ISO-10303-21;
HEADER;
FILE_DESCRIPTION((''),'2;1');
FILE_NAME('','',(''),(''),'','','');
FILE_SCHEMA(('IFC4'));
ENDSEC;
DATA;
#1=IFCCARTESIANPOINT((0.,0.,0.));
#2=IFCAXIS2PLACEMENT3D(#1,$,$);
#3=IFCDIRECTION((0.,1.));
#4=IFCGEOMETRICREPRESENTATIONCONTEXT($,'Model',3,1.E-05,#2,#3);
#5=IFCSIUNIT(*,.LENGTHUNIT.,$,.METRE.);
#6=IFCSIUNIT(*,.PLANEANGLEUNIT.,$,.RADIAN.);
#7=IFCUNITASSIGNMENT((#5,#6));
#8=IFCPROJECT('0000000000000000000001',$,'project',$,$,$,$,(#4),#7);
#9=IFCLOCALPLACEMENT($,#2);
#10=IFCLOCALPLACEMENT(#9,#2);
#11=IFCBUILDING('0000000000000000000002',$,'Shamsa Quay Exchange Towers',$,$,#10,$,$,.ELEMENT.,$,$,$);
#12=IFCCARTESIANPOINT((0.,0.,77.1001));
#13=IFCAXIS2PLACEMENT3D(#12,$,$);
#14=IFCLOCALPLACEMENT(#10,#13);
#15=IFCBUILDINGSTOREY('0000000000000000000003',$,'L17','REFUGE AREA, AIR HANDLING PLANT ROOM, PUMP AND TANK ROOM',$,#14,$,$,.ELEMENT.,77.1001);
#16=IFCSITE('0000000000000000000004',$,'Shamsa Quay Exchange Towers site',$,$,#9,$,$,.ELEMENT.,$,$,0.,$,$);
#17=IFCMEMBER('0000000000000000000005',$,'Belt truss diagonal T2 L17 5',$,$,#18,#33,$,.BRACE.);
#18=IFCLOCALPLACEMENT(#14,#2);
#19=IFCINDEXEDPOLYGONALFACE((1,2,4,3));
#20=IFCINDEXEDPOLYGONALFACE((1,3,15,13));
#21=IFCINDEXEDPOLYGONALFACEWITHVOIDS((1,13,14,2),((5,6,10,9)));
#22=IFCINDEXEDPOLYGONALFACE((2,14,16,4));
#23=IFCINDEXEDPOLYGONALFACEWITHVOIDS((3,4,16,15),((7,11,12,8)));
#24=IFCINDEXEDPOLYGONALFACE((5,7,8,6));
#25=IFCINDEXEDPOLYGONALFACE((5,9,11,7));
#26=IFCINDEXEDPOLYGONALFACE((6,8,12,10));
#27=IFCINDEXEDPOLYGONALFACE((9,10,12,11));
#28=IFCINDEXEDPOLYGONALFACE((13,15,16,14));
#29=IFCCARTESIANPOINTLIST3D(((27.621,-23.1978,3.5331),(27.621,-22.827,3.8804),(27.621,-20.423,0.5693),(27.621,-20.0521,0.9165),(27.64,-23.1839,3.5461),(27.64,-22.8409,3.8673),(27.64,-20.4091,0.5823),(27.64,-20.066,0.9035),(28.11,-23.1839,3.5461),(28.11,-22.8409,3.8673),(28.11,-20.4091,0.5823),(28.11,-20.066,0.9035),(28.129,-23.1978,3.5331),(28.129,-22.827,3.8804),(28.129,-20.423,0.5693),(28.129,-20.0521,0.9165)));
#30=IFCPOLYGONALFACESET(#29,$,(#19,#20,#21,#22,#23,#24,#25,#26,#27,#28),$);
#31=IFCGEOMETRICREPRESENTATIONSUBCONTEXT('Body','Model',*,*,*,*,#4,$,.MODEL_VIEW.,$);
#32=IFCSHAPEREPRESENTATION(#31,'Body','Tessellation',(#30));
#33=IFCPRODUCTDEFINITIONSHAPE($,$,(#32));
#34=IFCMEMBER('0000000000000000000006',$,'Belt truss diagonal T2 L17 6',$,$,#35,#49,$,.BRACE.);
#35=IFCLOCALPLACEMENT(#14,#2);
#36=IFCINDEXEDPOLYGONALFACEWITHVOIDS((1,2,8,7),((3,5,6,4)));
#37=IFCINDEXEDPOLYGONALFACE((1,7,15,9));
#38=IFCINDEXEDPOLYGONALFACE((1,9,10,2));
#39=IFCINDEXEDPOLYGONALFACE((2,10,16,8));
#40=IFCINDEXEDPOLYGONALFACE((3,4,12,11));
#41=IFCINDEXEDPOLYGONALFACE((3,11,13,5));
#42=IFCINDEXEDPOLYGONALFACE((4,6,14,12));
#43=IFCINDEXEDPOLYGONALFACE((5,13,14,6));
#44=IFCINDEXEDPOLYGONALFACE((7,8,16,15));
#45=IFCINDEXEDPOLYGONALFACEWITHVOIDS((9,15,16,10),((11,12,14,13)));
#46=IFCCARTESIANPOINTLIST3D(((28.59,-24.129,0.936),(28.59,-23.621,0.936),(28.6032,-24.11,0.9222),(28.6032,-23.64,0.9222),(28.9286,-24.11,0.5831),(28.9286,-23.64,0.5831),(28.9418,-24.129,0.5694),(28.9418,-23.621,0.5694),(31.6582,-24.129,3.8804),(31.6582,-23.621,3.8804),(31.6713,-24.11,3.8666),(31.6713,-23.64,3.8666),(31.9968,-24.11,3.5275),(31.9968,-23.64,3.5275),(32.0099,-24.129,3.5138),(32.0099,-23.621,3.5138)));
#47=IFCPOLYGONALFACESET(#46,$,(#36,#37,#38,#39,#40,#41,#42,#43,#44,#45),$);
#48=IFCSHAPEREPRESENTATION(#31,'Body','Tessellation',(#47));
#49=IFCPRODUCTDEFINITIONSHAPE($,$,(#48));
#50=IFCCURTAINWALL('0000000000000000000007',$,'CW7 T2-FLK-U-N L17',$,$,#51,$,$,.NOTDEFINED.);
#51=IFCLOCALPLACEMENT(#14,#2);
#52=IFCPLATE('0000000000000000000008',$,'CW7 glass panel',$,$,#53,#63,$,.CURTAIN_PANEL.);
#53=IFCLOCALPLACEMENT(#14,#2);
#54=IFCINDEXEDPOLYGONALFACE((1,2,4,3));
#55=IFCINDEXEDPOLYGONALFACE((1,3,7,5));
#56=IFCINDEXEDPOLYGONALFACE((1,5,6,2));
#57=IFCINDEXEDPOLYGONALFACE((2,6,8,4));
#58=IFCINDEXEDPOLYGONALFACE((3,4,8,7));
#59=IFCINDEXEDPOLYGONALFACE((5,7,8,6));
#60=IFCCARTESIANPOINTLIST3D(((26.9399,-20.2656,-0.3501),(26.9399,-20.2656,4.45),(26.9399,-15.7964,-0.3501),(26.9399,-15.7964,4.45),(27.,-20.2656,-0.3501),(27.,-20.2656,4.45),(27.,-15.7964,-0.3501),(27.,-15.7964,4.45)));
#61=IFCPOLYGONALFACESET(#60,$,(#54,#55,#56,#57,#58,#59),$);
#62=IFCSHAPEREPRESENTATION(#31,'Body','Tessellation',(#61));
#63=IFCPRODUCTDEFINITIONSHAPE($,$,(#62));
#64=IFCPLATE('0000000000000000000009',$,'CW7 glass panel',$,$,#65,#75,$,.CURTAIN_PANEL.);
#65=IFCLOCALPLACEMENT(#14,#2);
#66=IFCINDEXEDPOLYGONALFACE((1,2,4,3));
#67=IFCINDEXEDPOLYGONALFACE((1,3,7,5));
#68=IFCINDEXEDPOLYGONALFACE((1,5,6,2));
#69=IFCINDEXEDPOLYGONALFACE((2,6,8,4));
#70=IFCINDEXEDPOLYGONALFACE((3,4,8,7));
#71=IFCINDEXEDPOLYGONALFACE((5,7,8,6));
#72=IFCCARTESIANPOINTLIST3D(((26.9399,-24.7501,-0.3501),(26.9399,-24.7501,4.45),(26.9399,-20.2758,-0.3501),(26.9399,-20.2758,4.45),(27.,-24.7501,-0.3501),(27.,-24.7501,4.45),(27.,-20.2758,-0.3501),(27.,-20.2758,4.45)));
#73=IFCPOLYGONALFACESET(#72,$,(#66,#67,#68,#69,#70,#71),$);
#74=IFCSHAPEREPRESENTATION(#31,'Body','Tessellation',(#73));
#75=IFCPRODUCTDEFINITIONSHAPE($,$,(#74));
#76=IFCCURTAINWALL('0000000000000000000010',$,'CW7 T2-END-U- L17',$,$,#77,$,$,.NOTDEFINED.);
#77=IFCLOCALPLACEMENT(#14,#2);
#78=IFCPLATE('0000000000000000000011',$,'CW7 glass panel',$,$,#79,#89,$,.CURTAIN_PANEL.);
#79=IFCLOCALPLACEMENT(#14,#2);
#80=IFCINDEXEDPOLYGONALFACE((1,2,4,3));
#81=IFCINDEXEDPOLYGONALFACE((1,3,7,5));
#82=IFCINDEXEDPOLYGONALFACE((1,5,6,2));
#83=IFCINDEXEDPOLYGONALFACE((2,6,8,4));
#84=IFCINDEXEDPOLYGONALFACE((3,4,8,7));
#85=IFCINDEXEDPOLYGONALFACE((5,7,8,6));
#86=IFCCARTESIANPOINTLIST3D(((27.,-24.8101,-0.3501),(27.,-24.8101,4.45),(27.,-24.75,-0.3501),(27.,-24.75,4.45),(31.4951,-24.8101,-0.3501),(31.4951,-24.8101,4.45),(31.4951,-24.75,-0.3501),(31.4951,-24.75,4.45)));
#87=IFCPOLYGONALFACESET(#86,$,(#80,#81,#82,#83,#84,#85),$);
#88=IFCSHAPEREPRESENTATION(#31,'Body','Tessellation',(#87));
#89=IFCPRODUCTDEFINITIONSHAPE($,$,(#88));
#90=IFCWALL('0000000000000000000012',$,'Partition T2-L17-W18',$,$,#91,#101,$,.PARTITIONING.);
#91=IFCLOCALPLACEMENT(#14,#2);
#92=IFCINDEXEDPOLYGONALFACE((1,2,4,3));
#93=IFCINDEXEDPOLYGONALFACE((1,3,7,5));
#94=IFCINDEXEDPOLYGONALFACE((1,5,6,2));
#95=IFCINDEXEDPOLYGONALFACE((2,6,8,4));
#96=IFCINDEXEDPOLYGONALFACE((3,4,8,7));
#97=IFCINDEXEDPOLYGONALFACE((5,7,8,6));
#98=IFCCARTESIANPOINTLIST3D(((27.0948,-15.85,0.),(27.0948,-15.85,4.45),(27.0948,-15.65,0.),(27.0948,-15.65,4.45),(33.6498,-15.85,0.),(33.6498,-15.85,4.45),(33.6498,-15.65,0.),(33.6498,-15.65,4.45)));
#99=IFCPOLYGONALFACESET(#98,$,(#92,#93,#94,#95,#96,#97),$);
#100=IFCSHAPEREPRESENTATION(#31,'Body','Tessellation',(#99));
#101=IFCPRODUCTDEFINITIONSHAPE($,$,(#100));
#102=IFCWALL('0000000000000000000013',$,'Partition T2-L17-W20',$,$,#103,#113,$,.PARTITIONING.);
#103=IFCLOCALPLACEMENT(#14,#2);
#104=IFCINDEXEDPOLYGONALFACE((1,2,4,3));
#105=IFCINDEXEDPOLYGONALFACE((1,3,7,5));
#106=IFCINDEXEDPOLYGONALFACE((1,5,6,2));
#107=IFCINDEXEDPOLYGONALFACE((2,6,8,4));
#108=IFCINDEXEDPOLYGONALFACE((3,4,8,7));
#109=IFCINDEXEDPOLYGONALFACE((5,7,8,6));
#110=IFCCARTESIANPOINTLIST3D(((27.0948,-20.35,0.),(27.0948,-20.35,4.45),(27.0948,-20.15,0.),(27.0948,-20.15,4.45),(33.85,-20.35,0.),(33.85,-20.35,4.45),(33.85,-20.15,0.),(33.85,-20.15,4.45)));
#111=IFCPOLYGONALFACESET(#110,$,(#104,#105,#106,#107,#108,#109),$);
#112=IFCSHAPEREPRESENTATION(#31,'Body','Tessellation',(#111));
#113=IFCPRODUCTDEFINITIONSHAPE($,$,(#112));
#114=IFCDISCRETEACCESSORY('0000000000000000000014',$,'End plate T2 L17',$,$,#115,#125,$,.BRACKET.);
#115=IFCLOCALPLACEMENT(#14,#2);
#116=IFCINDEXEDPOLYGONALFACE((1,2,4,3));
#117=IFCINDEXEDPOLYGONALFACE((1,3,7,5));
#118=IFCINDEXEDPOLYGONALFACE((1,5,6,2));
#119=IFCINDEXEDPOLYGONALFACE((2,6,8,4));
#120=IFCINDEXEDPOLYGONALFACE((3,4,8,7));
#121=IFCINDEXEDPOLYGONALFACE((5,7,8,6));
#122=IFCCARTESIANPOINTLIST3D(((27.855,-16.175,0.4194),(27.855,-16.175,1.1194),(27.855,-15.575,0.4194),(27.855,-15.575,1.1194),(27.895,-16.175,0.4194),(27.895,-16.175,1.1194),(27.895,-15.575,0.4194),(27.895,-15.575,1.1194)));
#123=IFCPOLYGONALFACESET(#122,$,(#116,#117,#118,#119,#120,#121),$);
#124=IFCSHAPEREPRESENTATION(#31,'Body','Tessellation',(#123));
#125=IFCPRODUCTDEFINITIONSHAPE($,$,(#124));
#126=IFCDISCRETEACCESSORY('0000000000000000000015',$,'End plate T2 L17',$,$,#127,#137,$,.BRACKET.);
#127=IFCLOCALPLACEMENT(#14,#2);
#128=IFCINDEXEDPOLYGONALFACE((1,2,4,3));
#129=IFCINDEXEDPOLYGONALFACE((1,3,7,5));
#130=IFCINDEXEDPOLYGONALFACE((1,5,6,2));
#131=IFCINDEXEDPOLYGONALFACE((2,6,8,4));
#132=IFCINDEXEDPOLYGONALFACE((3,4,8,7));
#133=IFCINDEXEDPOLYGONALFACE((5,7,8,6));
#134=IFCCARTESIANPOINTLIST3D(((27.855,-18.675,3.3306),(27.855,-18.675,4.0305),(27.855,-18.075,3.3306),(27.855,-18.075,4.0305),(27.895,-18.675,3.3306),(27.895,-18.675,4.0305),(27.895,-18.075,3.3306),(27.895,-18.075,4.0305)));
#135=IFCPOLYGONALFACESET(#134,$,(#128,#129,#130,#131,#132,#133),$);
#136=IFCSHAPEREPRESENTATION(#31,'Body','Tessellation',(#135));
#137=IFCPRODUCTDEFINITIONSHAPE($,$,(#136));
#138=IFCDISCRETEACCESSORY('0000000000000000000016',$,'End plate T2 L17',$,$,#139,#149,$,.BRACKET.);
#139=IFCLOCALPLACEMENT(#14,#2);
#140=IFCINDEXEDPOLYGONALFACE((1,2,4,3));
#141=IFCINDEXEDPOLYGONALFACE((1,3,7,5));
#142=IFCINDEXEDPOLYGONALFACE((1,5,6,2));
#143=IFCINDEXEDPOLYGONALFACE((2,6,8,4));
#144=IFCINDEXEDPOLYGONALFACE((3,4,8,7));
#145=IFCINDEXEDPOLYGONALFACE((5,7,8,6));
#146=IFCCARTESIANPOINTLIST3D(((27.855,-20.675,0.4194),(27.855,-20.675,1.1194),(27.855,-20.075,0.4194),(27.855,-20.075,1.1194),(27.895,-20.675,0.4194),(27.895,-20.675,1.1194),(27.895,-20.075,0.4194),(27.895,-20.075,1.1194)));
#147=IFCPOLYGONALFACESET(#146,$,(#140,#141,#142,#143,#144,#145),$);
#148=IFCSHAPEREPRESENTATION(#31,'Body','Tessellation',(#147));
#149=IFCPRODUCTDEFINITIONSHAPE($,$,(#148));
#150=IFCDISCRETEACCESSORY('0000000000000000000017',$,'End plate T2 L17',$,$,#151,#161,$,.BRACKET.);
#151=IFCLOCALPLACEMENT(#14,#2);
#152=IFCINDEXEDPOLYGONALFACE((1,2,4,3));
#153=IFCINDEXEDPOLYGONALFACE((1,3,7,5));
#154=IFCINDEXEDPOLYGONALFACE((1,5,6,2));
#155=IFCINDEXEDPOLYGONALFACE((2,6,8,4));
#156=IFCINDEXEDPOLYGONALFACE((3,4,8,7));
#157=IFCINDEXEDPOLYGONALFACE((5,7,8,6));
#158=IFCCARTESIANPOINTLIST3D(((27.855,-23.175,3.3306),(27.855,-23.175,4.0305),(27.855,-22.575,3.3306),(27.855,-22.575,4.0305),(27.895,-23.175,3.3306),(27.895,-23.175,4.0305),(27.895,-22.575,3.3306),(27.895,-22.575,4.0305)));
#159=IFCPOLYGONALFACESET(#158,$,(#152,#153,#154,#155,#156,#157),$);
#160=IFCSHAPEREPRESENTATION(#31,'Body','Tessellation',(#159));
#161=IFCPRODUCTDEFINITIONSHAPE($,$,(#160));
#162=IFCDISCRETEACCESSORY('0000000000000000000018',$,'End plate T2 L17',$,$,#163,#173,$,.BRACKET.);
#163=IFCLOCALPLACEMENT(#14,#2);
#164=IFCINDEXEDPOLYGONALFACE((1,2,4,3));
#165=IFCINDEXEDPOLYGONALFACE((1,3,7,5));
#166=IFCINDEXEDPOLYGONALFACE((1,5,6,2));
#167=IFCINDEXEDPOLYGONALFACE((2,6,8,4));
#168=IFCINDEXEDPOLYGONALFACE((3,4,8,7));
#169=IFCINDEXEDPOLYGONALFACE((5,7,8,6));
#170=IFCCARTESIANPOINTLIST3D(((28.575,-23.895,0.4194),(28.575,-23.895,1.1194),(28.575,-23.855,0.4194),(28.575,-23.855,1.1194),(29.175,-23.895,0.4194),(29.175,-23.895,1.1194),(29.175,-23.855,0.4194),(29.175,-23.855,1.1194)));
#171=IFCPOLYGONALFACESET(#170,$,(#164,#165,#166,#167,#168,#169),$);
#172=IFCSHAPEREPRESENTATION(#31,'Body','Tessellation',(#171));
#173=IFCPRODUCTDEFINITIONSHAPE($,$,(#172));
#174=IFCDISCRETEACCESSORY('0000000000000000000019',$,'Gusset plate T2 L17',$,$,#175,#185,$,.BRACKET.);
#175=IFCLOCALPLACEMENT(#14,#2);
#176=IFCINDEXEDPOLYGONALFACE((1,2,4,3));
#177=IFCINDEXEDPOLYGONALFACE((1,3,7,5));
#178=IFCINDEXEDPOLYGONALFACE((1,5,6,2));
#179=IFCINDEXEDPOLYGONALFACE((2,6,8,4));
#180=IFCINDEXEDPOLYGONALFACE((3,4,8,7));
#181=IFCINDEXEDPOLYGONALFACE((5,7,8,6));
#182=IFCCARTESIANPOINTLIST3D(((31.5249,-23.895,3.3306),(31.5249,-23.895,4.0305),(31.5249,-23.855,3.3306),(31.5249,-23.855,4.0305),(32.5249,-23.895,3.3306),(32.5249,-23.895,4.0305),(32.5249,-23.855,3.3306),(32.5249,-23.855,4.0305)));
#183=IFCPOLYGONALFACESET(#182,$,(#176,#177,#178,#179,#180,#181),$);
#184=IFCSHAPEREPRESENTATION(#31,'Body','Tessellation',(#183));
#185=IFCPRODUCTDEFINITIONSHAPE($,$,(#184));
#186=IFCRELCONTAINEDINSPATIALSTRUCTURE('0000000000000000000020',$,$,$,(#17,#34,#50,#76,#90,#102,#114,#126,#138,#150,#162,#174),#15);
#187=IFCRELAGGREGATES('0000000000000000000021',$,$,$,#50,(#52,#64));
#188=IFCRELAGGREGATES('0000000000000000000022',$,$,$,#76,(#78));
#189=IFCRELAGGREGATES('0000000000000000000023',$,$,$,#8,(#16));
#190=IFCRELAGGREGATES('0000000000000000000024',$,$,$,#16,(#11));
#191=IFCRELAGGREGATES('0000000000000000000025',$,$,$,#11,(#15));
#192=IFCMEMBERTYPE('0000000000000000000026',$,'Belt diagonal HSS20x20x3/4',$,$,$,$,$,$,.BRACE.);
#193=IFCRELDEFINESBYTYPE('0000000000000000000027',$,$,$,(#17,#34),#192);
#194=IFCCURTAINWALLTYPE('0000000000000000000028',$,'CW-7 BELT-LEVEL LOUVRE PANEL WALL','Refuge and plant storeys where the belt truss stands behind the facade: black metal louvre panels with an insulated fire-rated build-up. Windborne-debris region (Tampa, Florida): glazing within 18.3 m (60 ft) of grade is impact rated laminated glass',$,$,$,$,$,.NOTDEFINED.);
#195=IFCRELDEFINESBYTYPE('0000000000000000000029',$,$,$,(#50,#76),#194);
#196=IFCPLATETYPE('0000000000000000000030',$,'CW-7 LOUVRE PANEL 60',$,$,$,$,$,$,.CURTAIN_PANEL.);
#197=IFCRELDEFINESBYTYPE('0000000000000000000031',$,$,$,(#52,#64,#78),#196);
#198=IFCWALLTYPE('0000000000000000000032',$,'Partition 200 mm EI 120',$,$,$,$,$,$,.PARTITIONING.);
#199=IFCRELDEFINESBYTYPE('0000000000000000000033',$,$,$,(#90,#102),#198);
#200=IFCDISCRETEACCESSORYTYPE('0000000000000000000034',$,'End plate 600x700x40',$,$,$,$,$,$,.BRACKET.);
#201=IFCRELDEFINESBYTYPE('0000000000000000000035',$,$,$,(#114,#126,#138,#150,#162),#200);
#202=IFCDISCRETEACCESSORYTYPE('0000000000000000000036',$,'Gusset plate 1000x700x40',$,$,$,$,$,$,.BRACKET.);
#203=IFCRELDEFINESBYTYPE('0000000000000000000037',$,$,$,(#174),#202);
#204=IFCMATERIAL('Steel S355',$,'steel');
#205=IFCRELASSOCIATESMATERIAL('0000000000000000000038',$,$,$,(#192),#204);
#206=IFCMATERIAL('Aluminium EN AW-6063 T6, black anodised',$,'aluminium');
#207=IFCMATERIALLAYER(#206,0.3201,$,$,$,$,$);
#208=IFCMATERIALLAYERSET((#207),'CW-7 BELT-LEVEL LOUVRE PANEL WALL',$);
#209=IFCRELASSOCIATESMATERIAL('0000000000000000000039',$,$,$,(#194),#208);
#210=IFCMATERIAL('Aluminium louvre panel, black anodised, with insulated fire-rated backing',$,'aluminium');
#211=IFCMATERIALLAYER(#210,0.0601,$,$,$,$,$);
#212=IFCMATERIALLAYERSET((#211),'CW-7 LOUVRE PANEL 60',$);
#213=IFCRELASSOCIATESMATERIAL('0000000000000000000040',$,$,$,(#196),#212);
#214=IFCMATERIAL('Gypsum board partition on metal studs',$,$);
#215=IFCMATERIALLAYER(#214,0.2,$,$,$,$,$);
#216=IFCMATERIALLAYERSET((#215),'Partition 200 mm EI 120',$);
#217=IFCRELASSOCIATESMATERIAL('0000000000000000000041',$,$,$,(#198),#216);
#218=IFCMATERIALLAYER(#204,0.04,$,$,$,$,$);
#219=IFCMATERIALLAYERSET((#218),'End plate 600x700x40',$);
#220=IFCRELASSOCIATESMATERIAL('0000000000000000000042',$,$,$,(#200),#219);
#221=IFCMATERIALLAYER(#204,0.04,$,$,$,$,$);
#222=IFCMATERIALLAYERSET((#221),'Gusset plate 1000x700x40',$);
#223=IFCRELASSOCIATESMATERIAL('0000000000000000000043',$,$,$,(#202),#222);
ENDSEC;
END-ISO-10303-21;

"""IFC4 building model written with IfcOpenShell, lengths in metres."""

from ifc_helpers import new_model, si_unit, direction, frame, frame_2d, origin, origin_2d, place, context, subcontext, project, spatial, rectangle, hollow_rectangle, extrude, material, layer, layer_set, material_profile, profile_set, type_object, element, aggregate, save


model = new_model("IFC4")

# Units and contexts
model_context = context("Model", 3, precision=1e-05, world=origin(), true_north=direction((0.0, 1.0)))
body_context = subcontext(model_context, "Body", "Model", "MODEL_VIEW")
ifc_project = project(units=[si_unit("LENGTHUNIT", "METRE"), si_unit("PLANEANGLEUNIT", "RADIAN")], contexts=[model_context])

# Site, building, storey
site_placement = place(None, origin())
site = spatial("IfcSite", under=ifc_project, at=site_placement, Name="Shamsa Quay Exchange Towers site", CompositionType="ELEMENT", RefElevation=0.0)
building_placement = place(site_placement, origin())
building = spatial("IfcBuilding", under=site, at=building_placement, Name="Shamsa Quay Exchange Towers", CompositionType="ELEMENT")
storey_placement = place(building_placement, frame((0.0, 0.0, 77.1001)))
storey = spatial("IfcBuildingStorey", under=building, at=storey_placement, Name="L17", Description="REFUGE AREA, AIR HANDLING PLANT ROOM, PUMP AND TANK ROOM", CompositionType="ELEMENT", Elevation=77.1001)

# Members
ifc_material_1 = material(Name="Steel S355", Category="steel")
ifc_material_profile_1 = material_profile(ifc_material_1, hollow_rectangle(XDim=0.5081, YDim=0.5081, WallThickness=0.019, at=origin_2d()), Name="HSS20x20x3/4")
ifc_profile_set_1 = profile_set([ifc_material_profile_1], Name="Steel S355")
member_type_1 = type_object("IfcMemberType", Name="Belt diagonal HSS20x20x3/4", PredefinedType="BRACE", material=ifc_profile_set_1)
for number, where, z_axis, x_axis, name in (
    (1, (27.875, -20.2375, 0.7429), (0.0, -0.683453, 0.729995), (1.0, 0.0, 0.0), "Belt truss diagonal T2 L17 5"),
):
    element("IfcMember", number, at=place(storey_placement, frame(where, z_axis=z_axis, x_axis=x_axis)), inside=storey, type_object=member_type_1, Name=name, PredefinedType="BRACE", context=body_context, shape_type="SweptSolid", body=[
        extrude(hollow_rectangle(XDim=0.5081, YDim=0.5081, WallThickness=0.019, at=origin_2d()), origin(), (0.0, 0.0, 1.0), 4.0601),
    ])
member_placement = place(storey_placement, frame((28.7659, -23.875, 0.7527), z_axis=(0.721511, 0.0, 0.692403), x_axis=(0.0, 1.0, 0.0)))
element("IfcMember", 2, at=member_placement, inside=storey, type_object=member_type_1, Name="Belt truss diagonal T2 L17 6", PredefinedType="BRACE", context=body_context, shape_type="SweptSolid", body=[
    extrude(hollow_rectangle(XDim=0.5081, YDim=0.5081, WallThickness=0.019, at=origin_2d()), origin(), (0.0, 0.0, 1.0), 4.2524),
])

# Curtain wall, plates
ifc_material_2 = material(Name="Aluminium EN AW-6063 T6, black anodised", Category="aluminium")
ifc_layer_1 = layer(ifc_material_2, 0.3201)
ifc_layer_set_1 = layer_set([ifc_layer_1], Name="CW-7 BELT-LEVEL LOUVRE PANEL WALL")
curtain_wall_type = type_object("IfcCurtainWallType", Name="CW-7 BELT-LEVEL LOUVRE PANEL WALL", Description="Refuge and plant storeys where the belt truss stands behind the facade: black metal louvre panels with an insulated fire-rated build-up. Windborne-debris region (Tampa, Florida): glazing within 18.3 m (60 ft) of grade is impact rated laminated glass", PredefinedType="NOTDEFINED", material=ifc_layer_set_1)
curtain_wall_1_placement = place(storey_placement, origin())
curtain_wall_1 = element("IfcCurtainWall", 3, at=curtain_wall_1_placement, inside=storey, type_object=curtain_wall_type, Name="CW7 T2-FLK-U-N L17", PredefinedType="NOTDEFINED")
ifc_material_3 = material(Name="Aluminium louvre panel, black anodised, with insulated fire-rated backing", Category="aluminium")
ifc_layer_2 = layer(ifc_material_3, 0.0601)
ifc_layer_set_2 = layer_set([ifc_layer_2], Name="CW-7 LOUVRE PANEL 60")
plate_type = type_object("IfcPlateType", Name="CW-7 LOUVRE PANEL 60", PredefinedType="CURTAIN_PANEL", material=ifc_layer_set_2)
plate_1_placement = place(storey_placement, frame((26.97, -18.031, -0.3501), z_axis=(0.0, 0.0, 1.0), x_axis=(0.0, -1.0, 0.0)))
plate_1 = element("IfcPlate", 4, at=plate_1_placement, type_object=plate_type, Name="CW7 glass panel", PredefinedType="CURTAIN_PANEL", context=body_context, shape_type="SweptSolid", body=[
    extrude(rectangle(XDim=4.4692, YDim=0.0601, at=origin_2d()), origin(), (0.0, 0.0, 1.0), 4.8),
])
plate_2_placement = place(storey_placement, frame((26.97, -22.5129, -0.3501), z_axis=(0.0, 0.0, 1.0), x_axis=(0.0, -1.0, 0.0)))
plate_2 = element("IfcPlate", 5, at=plate_2_placement, type_object=plate_type, Name="CW7 glass panel", PredefinedType="CURTAIN_PANEL", context=body_context, shape_type="SweptSolid", body=[
    extrude(rectangle(XDim=4.4744, YDim=0.0601, at=origin_2d()), origin(), (0.0, 0.0, 1.0), 4.8),
])
aggregate(curtain_wall_1, [plate_1, plate_2])

# Curtain wall, plate
curtain_wall_2_placement = place(storey_placement, origin())
curtain_wall_2 = element("IfcCurtainWall", 6, at=curtain_wall_2_placement, inside=storey, type_object=curtain_wall_type, Name="CW7 T2-END-U- L17", PredefinedType="NOTDEFINED")
plate_3_placement = place(storey_placement, frame((29.2476, -24.78, -0.3501)))
plate_3 = element("IfcPlate", 7, at=plate_3_placement, type_object=plate_type, Name="CW7 glass panel", PredefinedType="CURTAIN_PANEL", context=body_context, shape_type="SweptSolid", body=[
    extrude(rectangle(XDim=4.4951, YDim=0.0601, at=origin_2d()), origin(), (0.0, 0.0, 1.0), 4.8),
])
aggregate(curtain_wall_2, [plate_3])

# Walls
ifc_material_4 = material(Name="Gypsum board partition on metal studs")
ifc_layer_3 = layer(ifc_material_4, 0.2)
ifc_layer_set_3 = layer_set([ifc_layer_3], Name="Partition 200 mm EI 120")
wall_type = type_object("IfcWallType", Name="Partition 200 mm EI 120", PredefinedType="PARTITIONING", material=ifc_layer_set_3)
wall_1_placement = place(storey_placement, frame((27.095, -15.75, 0.0)))
element("IfcWall", 8, at=wall_1_placement, inside=storey, type_object=wall_type, Name="Partition T2-L17-W18", PredefinedType="PARTITIONING", context=body_context, shape_type="SweptSolid", body=[
    extrude(rectangle(XDim=6.5549, YDim=0.2, at=frame_2d((3.2773, 0.0))), origin(), (0.0, 0.0, 1.0), 4.45),
])
wall_2_placement = place(storey_placement, frame((27.095, -20.25, 0.0)))
element("IfcWall", 9, at=wall_2_placement, inside=storey, type_object=wall_type, Name="Partition T2-L17-W20", PredefinedType="PARTITIONING", context=body_context, shape_type="SweptSolid", body=[
    extrude(rectangle(XDim=6.7551, YDim=0.2, at=frame_2d((3.3774, 0.0))), origin(), (0.0, 0.0, 1.0), 4.45),
])

# Discrete accessories
ifc_layer_4 = layer(ifc_material_1, 0.04)
ifc_layer_set_4 = layer_set([ifc_layer_4], Name="End plate 600x700x40")
discrete_accessory_type_1 = type_object("IfcDiscreteAccessoryType", Name="End plate 600x700x40", PredefinedType="BRACKET", material=ifc_layer_set_4)
for number, where, z_axis, x_axis, name in (
    (10, (27.875, -15.875, 0.4194), (0.0, 0.0, 1.0), (0.0, -1.0, 0.0), "End plate T2 L17"),
    (11, (27.875, -18.375, 3.3306), (0.0, 0.0, 1.0), (0.0, -1.0, 0.0), "End plate T2 L17"),
    (12, (27.875, -20.375, 0.4194), (0.0, 0.0, 1.0), (0.0, -1.0, 0.0), "End plate T2 L17"),
    (13, (27.875, -22.875, 3.3306), (0.0, 0.0, 1.0), (0.0, -1.0, 0.0), "End plate T2 L17"),
):
    element("IfcDiscreteAccessory", number, at=place(storey_placement, frame(where, z_axis=z_axis, x_axis=x_axis)), inside=storey, type_object=discrete_accessory_type_1, Name=name, PredefinedType="BRACKET", context=body_context, shape_type="SweptSolid", body=[
        extrude(rectangle(XDim=0.6001, YDim=0.04, at=origin_2d()), origin(), (0.0, 0.0, 1.0), 0.7),
    ])
discrete_accessory_1_placement = place(storey_placement, frame((28.875, -23.875, 0.4194)))
element("IfcDiscreteAccessory", 14, at=discrete_accessory_1_placement, inside=storey, type_object=discrete_accessory_type_1, Name="End plate T2 L17", PredefinedType="BRACKET", context=body_context, shape_type="SweptSolid", body=[
    extrude(rectangle(XDim=0.6001, YDim=0.04, at=origin_2d()), origin(), (0.0, 0.0, 1.0), 0.7),
])
ifc_layer_5 = layer(ifc_material_1, 0.04)
ifc_layer_set_5 = layer_set([ifc_layer_5], Name="Gusset plate 1000x700x40")
discrete_accessory_type_2 = type_object("IfcDiscreteAccessoryType", Name="Gusset plate 1000x700x40", PredefinedType="BRACKET", material=ifc_layer_set_5)
discrete_accessory_2_placement = place(storey_placement, frame((32.0249, -23.875, 3.3306)))
element("IfcDiscreteAccessory", 15, at=discrete_accessory_2_placement, inside=storey, type_object=discrete_accessory_type_2, Name="Gusset plate T2 L17", PredefinedType="BRACKET", context=body_context, shape_type="SweptSolid", body=[
    extrude(rectangle(XDim=1.0, YDim=0.04, at=origin_2d()), origin(), (0.0, 0.0, 1.0), 0.7),
])

save(model, "model.ifc")
